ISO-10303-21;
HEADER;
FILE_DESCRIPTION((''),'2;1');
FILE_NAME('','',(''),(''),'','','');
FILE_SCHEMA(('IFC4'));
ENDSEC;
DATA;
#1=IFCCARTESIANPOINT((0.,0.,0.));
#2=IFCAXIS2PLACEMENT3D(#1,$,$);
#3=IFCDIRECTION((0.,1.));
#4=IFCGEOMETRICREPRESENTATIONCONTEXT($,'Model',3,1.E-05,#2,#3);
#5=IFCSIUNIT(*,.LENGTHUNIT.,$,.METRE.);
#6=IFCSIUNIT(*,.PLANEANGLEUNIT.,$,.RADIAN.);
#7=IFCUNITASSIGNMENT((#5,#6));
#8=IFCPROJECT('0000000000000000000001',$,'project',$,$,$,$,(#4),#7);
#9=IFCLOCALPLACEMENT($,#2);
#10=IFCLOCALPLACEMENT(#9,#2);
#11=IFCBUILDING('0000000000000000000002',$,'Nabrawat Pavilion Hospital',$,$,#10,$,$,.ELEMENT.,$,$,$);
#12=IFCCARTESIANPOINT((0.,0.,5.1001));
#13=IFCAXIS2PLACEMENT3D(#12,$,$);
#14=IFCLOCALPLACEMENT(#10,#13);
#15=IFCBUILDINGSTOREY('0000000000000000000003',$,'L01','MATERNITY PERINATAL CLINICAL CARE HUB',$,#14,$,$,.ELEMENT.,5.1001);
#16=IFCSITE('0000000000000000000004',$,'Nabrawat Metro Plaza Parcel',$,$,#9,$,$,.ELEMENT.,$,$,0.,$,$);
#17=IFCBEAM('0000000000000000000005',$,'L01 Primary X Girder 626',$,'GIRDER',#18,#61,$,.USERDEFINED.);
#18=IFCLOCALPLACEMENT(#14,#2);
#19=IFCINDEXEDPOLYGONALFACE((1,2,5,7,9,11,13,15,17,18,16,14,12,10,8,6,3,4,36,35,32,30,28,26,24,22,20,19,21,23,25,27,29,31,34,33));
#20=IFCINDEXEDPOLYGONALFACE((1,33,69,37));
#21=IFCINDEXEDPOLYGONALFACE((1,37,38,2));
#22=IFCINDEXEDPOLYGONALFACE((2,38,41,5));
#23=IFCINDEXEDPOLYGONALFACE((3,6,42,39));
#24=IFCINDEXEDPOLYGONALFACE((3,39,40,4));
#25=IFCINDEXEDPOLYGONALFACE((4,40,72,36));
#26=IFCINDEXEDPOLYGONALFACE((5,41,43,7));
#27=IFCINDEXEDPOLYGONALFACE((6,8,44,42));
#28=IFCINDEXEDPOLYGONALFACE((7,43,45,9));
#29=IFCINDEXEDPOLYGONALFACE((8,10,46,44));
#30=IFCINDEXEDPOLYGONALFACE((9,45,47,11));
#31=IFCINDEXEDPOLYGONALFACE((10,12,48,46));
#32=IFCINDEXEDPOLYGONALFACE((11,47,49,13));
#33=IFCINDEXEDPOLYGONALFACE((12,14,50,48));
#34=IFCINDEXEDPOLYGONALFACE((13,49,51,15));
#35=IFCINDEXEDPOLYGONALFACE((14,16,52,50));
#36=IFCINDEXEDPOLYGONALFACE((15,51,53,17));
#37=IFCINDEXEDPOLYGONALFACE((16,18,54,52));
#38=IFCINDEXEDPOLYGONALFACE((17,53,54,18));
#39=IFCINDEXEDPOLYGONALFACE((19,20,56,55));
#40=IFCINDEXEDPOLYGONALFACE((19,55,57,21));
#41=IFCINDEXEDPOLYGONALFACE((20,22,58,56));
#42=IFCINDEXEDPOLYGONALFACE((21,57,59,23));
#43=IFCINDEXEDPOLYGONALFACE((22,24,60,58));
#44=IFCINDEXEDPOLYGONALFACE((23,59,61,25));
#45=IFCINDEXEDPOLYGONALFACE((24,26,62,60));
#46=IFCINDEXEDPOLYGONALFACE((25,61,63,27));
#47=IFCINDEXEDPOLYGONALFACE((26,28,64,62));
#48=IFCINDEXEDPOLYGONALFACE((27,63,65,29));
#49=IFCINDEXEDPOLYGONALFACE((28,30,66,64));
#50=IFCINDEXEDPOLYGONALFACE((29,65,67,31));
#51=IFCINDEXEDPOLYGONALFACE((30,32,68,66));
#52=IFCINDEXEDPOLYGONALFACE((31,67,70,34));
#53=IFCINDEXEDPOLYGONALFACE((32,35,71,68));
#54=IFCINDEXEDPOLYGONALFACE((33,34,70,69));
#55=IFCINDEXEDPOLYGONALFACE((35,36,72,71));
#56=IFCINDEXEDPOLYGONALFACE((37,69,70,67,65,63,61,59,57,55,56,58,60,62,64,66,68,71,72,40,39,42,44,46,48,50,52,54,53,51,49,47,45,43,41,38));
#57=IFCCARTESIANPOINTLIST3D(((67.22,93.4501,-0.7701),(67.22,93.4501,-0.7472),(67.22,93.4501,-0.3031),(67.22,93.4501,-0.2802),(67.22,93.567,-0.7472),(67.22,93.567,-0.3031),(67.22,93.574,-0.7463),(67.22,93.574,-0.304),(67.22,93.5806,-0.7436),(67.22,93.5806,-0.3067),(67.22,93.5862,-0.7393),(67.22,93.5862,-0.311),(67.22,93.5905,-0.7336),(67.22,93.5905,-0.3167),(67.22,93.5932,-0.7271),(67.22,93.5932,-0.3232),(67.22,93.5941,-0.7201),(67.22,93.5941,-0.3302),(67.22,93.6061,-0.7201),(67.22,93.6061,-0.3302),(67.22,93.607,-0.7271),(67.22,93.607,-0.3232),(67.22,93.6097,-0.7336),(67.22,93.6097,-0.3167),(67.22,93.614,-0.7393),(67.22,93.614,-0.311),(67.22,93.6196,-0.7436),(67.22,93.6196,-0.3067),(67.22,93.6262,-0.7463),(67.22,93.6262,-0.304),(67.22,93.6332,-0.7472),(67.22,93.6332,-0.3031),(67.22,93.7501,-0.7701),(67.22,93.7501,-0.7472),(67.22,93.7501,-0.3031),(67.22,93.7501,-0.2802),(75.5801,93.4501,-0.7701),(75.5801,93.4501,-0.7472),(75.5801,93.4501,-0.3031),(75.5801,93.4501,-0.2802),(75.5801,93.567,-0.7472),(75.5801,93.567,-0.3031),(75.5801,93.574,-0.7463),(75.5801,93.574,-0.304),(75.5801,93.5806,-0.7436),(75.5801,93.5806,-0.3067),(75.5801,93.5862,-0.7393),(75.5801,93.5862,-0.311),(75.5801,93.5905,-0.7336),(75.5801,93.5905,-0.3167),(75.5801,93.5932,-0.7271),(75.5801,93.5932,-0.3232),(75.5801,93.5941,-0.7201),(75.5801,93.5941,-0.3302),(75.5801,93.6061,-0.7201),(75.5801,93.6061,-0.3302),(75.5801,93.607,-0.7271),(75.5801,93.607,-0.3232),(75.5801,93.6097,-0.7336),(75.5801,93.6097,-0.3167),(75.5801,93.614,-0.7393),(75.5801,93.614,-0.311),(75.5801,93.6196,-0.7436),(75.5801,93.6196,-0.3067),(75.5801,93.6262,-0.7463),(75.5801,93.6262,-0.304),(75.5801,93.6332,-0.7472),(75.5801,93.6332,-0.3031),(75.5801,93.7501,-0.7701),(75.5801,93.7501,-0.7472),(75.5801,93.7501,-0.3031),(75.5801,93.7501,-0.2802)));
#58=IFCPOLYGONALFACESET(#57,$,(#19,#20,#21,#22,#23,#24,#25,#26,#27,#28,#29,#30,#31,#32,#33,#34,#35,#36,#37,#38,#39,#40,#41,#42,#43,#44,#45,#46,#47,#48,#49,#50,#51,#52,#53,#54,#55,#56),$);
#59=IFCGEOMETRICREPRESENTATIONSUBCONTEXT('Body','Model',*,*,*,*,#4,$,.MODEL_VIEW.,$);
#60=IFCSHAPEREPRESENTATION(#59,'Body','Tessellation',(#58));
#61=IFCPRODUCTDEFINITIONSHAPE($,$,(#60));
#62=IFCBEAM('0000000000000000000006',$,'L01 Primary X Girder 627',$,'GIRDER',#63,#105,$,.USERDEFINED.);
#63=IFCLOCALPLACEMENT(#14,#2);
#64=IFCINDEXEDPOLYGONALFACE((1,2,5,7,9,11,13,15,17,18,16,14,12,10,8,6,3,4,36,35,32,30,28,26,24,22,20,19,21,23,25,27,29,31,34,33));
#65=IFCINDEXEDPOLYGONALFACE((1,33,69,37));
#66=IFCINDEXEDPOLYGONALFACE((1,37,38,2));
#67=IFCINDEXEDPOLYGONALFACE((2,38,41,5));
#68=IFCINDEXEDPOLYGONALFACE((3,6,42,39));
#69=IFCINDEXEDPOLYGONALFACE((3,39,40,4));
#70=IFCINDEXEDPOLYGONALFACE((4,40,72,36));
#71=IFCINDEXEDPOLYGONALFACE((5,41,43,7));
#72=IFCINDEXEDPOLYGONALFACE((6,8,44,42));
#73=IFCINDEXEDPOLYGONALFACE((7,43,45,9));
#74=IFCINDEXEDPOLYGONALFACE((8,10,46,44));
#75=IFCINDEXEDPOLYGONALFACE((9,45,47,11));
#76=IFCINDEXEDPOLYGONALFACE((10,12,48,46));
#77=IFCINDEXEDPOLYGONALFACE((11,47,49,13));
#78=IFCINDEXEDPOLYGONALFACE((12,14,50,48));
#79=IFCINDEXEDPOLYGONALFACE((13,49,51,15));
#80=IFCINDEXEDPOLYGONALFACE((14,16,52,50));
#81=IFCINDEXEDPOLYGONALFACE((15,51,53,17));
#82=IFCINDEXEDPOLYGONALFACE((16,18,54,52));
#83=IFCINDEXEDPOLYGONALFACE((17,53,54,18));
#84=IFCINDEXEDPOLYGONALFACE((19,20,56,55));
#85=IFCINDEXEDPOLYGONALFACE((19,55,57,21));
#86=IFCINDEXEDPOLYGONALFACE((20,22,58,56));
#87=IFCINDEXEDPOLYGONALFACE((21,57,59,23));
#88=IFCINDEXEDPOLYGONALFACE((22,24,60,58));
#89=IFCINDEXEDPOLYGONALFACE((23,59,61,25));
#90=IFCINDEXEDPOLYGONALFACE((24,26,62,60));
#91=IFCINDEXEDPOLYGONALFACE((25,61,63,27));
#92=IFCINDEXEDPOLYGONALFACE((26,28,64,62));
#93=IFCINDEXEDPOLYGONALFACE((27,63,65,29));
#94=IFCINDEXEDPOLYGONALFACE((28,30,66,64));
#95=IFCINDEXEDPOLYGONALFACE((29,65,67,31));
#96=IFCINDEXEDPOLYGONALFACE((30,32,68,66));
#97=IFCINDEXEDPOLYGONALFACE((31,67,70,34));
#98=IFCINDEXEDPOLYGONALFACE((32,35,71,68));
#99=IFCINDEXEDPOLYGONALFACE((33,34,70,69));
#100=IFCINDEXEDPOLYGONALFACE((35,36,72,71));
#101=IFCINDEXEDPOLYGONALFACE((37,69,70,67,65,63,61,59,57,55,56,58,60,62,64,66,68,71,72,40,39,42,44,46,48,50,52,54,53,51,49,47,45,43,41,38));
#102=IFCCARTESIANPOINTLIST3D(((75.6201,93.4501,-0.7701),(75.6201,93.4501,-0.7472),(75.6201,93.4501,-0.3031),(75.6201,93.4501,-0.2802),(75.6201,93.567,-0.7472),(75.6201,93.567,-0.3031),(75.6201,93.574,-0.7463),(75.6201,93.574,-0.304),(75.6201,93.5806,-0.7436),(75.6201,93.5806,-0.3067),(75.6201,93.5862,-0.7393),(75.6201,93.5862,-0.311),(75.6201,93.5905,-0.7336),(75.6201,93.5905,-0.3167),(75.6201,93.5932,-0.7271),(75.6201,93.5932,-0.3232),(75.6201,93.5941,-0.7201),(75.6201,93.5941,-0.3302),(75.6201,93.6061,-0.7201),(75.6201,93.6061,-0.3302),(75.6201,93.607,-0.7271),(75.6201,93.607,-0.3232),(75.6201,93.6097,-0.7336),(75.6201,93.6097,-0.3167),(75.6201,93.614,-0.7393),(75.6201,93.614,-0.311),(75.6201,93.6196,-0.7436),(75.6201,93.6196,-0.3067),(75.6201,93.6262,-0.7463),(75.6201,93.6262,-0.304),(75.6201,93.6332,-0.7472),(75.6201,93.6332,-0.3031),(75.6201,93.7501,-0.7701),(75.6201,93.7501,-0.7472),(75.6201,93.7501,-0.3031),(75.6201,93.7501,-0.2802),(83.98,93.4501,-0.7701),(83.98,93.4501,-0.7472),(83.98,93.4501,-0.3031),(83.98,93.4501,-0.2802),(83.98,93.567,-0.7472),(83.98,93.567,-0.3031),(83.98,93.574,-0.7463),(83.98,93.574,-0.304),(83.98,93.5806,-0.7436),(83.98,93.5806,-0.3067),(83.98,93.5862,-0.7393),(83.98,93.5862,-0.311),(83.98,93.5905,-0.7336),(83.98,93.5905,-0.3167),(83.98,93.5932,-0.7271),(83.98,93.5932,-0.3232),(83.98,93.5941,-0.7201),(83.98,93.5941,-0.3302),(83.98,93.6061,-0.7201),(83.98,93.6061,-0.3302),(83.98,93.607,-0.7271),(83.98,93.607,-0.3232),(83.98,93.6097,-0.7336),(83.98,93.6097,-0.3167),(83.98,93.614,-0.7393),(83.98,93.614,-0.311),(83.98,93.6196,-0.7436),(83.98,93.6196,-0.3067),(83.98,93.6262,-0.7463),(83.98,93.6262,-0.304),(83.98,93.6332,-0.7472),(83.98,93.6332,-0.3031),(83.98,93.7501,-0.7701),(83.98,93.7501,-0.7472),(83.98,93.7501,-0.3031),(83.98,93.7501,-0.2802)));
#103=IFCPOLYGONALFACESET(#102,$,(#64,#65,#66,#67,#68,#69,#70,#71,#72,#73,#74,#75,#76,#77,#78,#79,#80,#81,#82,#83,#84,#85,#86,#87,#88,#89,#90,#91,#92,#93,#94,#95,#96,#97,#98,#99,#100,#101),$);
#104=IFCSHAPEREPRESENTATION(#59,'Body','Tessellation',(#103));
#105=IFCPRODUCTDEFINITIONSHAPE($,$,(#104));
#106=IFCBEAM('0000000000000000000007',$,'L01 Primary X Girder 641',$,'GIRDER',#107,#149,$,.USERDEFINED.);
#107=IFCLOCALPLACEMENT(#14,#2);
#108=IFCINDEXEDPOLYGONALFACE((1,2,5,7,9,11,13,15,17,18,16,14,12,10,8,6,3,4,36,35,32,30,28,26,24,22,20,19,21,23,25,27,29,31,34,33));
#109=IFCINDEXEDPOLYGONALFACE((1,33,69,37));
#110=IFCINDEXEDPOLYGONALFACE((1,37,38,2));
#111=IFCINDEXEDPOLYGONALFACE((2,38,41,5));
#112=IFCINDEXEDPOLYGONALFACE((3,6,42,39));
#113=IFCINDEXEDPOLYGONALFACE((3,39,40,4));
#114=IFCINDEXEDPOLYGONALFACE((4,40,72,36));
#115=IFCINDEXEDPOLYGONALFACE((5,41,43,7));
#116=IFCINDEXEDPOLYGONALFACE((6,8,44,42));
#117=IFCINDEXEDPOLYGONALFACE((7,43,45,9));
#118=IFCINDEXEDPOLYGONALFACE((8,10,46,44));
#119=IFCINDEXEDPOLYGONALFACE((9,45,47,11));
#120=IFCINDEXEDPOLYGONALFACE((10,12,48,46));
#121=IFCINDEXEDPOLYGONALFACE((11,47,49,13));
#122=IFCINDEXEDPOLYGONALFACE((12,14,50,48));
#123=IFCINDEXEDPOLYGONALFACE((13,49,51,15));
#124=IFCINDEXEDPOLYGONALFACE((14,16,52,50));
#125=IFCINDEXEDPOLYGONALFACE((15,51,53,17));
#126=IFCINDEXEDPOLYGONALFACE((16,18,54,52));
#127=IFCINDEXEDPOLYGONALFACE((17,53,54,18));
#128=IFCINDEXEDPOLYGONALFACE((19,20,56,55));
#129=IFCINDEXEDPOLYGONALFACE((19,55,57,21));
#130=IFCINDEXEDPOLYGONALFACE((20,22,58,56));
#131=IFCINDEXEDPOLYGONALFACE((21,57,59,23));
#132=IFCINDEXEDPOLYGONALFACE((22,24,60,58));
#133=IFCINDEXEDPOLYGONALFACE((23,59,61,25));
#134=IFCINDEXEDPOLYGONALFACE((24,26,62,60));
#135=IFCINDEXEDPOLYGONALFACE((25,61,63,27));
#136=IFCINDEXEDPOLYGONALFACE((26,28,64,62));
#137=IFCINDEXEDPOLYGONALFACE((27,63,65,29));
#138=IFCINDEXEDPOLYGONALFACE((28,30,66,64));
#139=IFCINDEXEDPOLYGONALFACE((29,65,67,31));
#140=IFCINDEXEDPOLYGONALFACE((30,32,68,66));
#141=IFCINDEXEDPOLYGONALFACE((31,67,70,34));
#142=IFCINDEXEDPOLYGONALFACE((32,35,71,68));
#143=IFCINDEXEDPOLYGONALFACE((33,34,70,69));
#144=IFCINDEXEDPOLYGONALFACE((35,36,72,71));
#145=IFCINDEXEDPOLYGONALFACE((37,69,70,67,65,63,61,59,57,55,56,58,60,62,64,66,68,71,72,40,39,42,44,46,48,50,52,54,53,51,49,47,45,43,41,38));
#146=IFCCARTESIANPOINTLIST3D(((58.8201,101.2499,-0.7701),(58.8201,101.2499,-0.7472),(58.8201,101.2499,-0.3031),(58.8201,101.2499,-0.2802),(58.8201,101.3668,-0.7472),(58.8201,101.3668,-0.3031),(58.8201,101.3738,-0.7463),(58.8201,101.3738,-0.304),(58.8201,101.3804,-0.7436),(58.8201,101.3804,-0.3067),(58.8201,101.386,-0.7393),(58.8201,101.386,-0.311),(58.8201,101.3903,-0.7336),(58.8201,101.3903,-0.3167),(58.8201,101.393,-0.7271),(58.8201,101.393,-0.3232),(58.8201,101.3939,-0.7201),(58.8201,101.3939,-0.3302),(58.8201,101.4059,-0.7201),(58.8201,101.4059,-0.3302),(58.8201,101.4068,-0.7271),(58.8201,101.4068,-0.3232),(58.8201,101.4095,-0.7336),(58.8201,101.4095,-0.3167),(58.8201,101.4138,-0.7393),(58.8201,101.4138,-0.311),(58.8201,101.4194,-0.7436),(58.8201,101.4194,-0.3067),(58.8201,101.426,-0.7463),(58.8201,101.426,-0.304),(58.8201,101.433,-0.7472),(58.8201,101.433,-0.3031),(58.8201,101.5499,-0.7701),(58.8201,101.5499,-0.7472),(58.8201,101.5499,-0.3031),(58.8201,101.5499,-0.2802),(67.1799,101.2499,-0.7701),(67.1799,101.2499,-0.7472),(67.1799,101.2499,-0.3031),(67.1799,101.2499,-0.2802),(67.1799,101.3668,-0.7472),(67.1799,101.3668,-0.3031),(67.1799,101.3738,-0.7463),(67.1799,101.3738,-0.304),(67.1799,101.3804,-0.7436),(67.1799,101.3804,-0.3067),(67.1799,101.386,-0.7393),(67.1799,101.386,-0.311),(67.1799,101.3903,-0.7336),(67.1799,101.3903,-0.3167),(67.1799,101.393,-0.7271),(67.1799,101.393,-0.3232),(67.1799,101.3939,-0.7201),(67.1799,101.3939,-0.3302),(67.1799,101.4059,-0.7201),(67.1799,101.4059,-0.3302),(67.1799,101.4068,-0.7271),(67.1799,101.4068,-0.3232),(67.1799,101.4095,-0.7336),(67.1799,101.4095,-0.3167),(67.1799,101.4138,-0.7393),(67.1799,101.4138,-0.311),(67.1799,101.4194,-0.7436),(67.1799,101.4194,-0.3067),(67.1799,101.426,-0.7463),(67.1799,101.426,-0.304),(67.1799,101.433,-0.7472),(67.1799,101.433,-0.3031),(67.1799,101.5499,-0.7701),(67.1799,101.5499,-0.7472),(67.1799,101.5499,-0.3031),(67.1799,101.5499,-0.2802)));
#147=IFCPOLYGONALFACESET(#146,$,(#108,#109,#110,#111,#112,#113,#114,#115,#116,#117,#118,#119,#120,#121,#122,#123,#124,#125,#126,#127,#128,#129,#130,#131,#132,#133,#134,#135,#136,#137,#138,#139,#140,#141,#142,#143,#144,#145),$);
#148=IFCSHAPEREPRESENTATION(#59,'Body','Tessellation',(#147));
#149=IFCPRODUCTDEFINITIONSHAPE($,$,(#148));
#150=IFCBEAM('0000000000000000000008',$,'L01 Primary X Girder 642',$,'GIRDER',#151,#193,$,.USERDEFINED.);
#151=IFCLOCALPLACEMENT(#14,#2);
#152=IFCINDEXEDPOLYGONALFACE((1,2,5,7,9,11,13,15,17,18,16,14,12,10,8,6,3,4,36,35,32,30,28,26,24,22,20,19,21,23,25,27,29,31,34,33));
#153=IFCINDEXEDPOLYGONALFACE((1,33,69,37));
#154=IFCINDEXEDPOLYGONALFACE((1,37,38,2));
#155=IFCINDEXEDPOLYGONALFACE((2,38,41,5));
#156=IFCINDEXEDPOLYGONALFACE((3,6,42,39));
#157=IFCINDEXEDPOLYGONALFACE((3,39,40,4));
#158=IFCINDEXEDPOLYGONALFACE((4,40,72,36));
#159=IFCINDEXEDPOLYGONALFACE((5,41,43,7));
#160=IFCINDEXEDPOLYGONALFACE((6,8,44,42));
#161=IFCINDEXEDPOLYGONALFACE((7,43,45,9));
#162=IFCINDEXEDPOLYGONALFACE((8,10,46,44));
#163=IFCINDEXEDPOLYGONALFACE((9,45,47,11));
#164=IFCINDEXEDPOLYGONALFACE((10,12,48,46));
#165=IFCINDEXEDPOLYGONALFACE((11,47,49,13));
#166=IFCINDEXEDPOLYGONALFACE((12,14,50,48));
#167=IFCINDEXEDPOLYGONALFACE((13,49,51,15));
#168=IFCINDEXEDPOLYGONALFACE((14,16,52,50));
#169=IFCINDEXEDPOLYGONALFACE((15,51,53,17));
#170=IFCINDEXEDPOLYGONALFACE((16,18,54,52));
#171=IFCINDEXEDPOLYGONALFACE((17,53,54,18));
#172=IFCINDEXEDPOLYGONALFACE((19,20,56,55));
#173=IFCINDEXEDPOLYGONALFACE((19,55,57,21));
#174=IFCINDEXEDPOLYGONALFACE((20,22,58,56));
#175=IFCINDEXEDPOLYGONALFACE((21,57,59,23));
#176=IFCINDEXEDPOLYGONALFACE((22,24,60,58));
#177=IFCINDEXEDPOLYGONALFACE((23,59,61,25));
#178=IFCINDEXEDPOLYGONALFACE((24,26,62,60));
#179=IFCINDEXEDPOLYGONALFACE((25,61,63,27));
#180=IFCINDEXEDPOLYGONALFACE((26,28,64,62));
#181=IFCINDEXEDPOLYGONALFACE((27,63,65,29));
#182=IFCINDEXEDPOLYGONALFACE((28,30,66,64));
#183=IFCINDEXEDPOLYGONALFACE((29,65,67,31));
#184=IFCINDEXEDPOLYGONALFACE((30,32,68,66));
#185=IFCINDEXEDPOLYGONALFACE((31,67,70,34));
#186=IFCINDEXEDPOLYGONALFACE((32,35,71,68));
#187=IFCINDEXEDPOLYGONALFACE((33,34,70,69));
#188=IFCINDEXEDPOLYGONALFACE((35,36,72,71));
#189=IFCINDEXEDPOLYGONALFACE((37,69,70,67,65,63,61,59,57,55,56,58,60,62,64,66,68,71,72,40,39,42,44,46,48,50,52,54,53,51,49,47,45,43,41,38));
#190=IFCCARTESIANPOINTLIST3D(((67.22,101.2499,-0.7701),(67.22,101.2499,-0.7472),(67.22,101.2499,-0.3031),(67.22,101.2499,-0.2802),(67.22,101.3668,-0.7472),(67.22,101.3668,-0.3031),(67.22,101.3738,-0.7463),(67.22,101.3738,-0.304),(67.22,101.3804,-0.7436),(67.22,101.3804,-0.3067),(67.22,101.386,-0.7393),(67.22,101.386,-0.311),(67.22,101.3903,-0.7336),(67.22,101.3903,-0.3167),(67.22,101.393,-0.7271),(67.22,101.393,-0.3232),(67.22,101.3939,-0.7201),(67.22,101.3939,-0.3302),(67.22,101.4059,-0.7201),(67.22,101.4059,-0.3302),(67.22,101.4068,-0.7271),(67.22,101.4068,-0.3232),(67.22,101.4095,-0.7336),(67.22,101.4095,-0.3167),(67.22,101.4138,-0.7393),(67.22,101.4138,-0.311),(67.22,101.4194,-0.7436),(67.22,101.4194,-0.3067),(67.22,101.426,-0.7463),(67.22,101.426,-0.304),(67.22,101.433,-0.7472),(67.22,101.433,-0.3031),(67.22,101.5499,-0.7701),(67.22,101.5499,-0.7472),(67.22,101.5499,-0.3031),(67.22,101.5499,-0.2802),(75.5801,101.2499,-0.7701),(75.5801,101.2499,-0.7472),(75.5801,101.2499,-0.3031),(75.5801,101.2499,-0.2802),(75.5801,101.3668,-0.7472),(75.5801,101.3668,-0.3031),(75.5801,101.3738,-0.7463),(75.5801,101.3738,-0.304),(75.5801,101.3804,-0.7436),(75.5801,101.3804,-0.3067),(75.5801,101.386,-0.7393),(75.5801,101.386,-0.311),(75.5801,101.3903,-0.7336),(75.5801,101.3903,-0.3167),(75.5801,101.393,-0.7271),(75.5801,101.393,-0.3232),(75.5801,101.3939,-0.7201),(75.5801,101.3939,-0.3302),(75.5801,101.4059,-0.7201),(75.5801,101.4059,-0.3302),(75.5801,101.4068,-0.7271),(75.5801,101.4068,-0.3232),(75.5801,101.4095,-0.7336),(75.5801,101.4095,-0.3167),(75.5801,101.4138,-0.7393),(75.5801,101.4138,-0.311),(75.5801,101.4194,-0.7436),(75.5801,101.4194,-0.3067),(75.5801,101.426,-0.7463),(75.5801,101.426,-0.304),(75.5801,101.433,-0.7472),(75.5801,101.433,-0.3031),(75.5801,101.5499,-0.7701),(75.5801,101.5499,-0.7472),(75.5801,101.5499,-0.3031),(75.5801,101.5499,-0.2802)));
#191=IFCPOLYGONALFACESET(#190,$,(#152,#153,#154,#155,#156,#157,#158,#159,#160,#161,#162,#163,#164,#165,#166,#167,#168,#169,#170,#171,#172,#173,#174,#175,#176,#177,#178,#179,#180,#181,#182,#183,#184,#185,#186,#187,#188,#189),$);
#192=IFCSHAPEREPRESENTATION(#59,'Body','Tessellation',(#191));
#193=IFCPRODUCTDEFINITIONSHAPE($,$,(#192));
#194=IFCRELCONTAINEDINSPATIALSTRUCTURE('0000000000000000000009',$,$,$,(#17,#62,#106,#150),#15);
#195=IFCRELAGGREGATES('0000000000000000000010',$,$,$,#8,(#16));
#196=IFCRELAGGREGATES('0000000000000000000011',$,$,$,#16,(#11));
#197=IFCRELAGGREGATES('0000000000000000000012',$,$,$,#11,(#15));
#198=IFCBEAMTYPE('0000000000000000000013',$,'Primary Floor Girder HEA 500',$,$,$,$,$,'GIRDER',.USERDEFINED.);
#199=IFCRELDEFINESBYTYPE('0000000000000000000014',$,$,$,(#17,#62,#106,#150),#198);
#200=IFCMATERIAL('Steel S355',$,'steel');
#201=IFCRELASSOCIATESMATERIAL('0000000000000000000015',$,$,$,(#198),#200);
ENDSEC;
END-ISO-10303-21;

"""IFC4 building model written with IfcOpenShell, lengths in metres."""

from ifc_helpers import new_model, si_unit, direction, frame, origin, origin_2d, place, context, subcontext, project, spatial, i_section, extrude, material, material_profile, profile_set, type_object, element, save


model = new_model("IFC4")

# Units and contexts
model_context = context("Model", 3, precision=1e-05, world=origin(), true_north=direction((0.0, 1.0)))
body_context = subcontext(model_context, "Body", "Model", "MODEL_VIEW")
ifc_project = project(units=[si_unit("LENGTHUNIT", "METRE"), si_unit("PLANEANGLEUNIT", "RADIAN")], contexts=[model_context])

# Site, building, storey
site_placement = place(None, origin())
site = spatial("IfcSite", under=ifc_project, at=site_placement, Name="Nabrawat Metro Plaza Parcel", CompositionType="ELEMENT", RefElevation=0.0)
building_placement = place(site_placement, origin())
building = spatial("IfcBuilding", under=site, at=building_placement, Name="Nabrawat Pavilion Hospital", CompositionType="ELEMENT")
storey_placement = place(building_placement, frame((0.0, 0.0, 5.1001)))
storey = spatial("IfcBuildingStorey", under=building, at=storey_placement, Name="L01", Description="MATERNITY PERINATAL CLINICAL CARE HUB", CompositionType="ELEMENT", Elevation=5.1001)

# Beams
ifc_material_1 = material(Name="Steel S355", Category="steel")
ifc_material_profile_1 = material_profile(ifc_material_1, i_section(OverallWidth=0.3, OverallDepth=0.49, WebThickness=0.012, FlangeThickness=0.0229, FilletRadius=0.0271, at=origin_2d()), Name="HEA 500")
ifc_profile_set_1 = profile_set([ifc_material_profile_1], Name="Steel S355")
beam_type_1 = type_object("IfcBeamType", Name="Primary Floor Girder HEA 500", ElementType="GIRDER", PredefinedType="USERDEFINED", material=ifc_profile_set_1)
beam_1_placement = place(storey_placement, frame((67.22, 93.6001, -0.5251), z_axis=(1.0, 0.0, 0.0), x_axis=(0.0, 1.0, 0.0)))
element("IfcBeam", 1, at=beam_1_placement, inside=storey, type_object=beam_type_1, Name="L01 Primary X Girder 626", ObjectType="GIRDER", PredefinedType="USERDEFINED", context=body_context, shape_type="SweptSolid", body=[
    extrude(i_section(OverallWidth=0.3, OverallDepth=0.49, WebThickness=0.012, FlangeThickness=0.0229, FilletRadius=0.0271, at=origin_2d()), origin(), (0.0, 0.0, 1.0), 8.3601),
])
for number, where, z_axis, x_axis, name in (
    (2, (75.6201, 93.6001, -0.5251), (1.0, 0.0, 0.0), (0.0, 1.0, 0.0), "L01 Primary X Girder 627"),
    (3, (58.8201, 101.3999, -0.5251), (1.0, 0.0, 0.0), (0.0, 1.0, 0.0), "L01 Primary X Girder 641"),
):
    element("IfcBeam", number, at=place(storey_placement, frame(where, z_axis=z_axis, x_axis=x_axis)), inside=storey, type_object=beam_type_1, Name=name, ObjectType="GIRDER", PredefinedType="USERDEFINED", context=body_context, shape_type="SweptSolid", body=[
        extrude(i_section(OverallWidth=0.3, OverallDepth=0.49, WebThickness=0.012, FlangeThickness=0.0229, FilletRadius=0.0271, at=origin_2d()), origin(), (0.0, 0.0, 1.0), 8.3599),
    ])
beam_2_placement = place(storey_placement, frame((67.22, 101.3999, -0.5251), z_axis=(1.0, 0.0, 0.0), x_axis=(0.0, 1.0, 0.0)))
element("IfcBeam", 4, at=beam_2_placement, inside=storey, type_object=beam_type_1, Name="L01 Primary X Girder 642", ObjectType="GIRDER", PredefinedType="USERDEFINED", context=body_context, shape_type="SweptSolid", body=[
    extrude(i_section(OverallWidth=0.3, OverallDepth=0.49, WebThickness=0.012, FlangeThickness=0.0229, FilletRadius=0.0271, at=origin_2d()), origin(), (0.0, 0.0, 1.0), 8.3601),
])

save(model, "model.ifc")
